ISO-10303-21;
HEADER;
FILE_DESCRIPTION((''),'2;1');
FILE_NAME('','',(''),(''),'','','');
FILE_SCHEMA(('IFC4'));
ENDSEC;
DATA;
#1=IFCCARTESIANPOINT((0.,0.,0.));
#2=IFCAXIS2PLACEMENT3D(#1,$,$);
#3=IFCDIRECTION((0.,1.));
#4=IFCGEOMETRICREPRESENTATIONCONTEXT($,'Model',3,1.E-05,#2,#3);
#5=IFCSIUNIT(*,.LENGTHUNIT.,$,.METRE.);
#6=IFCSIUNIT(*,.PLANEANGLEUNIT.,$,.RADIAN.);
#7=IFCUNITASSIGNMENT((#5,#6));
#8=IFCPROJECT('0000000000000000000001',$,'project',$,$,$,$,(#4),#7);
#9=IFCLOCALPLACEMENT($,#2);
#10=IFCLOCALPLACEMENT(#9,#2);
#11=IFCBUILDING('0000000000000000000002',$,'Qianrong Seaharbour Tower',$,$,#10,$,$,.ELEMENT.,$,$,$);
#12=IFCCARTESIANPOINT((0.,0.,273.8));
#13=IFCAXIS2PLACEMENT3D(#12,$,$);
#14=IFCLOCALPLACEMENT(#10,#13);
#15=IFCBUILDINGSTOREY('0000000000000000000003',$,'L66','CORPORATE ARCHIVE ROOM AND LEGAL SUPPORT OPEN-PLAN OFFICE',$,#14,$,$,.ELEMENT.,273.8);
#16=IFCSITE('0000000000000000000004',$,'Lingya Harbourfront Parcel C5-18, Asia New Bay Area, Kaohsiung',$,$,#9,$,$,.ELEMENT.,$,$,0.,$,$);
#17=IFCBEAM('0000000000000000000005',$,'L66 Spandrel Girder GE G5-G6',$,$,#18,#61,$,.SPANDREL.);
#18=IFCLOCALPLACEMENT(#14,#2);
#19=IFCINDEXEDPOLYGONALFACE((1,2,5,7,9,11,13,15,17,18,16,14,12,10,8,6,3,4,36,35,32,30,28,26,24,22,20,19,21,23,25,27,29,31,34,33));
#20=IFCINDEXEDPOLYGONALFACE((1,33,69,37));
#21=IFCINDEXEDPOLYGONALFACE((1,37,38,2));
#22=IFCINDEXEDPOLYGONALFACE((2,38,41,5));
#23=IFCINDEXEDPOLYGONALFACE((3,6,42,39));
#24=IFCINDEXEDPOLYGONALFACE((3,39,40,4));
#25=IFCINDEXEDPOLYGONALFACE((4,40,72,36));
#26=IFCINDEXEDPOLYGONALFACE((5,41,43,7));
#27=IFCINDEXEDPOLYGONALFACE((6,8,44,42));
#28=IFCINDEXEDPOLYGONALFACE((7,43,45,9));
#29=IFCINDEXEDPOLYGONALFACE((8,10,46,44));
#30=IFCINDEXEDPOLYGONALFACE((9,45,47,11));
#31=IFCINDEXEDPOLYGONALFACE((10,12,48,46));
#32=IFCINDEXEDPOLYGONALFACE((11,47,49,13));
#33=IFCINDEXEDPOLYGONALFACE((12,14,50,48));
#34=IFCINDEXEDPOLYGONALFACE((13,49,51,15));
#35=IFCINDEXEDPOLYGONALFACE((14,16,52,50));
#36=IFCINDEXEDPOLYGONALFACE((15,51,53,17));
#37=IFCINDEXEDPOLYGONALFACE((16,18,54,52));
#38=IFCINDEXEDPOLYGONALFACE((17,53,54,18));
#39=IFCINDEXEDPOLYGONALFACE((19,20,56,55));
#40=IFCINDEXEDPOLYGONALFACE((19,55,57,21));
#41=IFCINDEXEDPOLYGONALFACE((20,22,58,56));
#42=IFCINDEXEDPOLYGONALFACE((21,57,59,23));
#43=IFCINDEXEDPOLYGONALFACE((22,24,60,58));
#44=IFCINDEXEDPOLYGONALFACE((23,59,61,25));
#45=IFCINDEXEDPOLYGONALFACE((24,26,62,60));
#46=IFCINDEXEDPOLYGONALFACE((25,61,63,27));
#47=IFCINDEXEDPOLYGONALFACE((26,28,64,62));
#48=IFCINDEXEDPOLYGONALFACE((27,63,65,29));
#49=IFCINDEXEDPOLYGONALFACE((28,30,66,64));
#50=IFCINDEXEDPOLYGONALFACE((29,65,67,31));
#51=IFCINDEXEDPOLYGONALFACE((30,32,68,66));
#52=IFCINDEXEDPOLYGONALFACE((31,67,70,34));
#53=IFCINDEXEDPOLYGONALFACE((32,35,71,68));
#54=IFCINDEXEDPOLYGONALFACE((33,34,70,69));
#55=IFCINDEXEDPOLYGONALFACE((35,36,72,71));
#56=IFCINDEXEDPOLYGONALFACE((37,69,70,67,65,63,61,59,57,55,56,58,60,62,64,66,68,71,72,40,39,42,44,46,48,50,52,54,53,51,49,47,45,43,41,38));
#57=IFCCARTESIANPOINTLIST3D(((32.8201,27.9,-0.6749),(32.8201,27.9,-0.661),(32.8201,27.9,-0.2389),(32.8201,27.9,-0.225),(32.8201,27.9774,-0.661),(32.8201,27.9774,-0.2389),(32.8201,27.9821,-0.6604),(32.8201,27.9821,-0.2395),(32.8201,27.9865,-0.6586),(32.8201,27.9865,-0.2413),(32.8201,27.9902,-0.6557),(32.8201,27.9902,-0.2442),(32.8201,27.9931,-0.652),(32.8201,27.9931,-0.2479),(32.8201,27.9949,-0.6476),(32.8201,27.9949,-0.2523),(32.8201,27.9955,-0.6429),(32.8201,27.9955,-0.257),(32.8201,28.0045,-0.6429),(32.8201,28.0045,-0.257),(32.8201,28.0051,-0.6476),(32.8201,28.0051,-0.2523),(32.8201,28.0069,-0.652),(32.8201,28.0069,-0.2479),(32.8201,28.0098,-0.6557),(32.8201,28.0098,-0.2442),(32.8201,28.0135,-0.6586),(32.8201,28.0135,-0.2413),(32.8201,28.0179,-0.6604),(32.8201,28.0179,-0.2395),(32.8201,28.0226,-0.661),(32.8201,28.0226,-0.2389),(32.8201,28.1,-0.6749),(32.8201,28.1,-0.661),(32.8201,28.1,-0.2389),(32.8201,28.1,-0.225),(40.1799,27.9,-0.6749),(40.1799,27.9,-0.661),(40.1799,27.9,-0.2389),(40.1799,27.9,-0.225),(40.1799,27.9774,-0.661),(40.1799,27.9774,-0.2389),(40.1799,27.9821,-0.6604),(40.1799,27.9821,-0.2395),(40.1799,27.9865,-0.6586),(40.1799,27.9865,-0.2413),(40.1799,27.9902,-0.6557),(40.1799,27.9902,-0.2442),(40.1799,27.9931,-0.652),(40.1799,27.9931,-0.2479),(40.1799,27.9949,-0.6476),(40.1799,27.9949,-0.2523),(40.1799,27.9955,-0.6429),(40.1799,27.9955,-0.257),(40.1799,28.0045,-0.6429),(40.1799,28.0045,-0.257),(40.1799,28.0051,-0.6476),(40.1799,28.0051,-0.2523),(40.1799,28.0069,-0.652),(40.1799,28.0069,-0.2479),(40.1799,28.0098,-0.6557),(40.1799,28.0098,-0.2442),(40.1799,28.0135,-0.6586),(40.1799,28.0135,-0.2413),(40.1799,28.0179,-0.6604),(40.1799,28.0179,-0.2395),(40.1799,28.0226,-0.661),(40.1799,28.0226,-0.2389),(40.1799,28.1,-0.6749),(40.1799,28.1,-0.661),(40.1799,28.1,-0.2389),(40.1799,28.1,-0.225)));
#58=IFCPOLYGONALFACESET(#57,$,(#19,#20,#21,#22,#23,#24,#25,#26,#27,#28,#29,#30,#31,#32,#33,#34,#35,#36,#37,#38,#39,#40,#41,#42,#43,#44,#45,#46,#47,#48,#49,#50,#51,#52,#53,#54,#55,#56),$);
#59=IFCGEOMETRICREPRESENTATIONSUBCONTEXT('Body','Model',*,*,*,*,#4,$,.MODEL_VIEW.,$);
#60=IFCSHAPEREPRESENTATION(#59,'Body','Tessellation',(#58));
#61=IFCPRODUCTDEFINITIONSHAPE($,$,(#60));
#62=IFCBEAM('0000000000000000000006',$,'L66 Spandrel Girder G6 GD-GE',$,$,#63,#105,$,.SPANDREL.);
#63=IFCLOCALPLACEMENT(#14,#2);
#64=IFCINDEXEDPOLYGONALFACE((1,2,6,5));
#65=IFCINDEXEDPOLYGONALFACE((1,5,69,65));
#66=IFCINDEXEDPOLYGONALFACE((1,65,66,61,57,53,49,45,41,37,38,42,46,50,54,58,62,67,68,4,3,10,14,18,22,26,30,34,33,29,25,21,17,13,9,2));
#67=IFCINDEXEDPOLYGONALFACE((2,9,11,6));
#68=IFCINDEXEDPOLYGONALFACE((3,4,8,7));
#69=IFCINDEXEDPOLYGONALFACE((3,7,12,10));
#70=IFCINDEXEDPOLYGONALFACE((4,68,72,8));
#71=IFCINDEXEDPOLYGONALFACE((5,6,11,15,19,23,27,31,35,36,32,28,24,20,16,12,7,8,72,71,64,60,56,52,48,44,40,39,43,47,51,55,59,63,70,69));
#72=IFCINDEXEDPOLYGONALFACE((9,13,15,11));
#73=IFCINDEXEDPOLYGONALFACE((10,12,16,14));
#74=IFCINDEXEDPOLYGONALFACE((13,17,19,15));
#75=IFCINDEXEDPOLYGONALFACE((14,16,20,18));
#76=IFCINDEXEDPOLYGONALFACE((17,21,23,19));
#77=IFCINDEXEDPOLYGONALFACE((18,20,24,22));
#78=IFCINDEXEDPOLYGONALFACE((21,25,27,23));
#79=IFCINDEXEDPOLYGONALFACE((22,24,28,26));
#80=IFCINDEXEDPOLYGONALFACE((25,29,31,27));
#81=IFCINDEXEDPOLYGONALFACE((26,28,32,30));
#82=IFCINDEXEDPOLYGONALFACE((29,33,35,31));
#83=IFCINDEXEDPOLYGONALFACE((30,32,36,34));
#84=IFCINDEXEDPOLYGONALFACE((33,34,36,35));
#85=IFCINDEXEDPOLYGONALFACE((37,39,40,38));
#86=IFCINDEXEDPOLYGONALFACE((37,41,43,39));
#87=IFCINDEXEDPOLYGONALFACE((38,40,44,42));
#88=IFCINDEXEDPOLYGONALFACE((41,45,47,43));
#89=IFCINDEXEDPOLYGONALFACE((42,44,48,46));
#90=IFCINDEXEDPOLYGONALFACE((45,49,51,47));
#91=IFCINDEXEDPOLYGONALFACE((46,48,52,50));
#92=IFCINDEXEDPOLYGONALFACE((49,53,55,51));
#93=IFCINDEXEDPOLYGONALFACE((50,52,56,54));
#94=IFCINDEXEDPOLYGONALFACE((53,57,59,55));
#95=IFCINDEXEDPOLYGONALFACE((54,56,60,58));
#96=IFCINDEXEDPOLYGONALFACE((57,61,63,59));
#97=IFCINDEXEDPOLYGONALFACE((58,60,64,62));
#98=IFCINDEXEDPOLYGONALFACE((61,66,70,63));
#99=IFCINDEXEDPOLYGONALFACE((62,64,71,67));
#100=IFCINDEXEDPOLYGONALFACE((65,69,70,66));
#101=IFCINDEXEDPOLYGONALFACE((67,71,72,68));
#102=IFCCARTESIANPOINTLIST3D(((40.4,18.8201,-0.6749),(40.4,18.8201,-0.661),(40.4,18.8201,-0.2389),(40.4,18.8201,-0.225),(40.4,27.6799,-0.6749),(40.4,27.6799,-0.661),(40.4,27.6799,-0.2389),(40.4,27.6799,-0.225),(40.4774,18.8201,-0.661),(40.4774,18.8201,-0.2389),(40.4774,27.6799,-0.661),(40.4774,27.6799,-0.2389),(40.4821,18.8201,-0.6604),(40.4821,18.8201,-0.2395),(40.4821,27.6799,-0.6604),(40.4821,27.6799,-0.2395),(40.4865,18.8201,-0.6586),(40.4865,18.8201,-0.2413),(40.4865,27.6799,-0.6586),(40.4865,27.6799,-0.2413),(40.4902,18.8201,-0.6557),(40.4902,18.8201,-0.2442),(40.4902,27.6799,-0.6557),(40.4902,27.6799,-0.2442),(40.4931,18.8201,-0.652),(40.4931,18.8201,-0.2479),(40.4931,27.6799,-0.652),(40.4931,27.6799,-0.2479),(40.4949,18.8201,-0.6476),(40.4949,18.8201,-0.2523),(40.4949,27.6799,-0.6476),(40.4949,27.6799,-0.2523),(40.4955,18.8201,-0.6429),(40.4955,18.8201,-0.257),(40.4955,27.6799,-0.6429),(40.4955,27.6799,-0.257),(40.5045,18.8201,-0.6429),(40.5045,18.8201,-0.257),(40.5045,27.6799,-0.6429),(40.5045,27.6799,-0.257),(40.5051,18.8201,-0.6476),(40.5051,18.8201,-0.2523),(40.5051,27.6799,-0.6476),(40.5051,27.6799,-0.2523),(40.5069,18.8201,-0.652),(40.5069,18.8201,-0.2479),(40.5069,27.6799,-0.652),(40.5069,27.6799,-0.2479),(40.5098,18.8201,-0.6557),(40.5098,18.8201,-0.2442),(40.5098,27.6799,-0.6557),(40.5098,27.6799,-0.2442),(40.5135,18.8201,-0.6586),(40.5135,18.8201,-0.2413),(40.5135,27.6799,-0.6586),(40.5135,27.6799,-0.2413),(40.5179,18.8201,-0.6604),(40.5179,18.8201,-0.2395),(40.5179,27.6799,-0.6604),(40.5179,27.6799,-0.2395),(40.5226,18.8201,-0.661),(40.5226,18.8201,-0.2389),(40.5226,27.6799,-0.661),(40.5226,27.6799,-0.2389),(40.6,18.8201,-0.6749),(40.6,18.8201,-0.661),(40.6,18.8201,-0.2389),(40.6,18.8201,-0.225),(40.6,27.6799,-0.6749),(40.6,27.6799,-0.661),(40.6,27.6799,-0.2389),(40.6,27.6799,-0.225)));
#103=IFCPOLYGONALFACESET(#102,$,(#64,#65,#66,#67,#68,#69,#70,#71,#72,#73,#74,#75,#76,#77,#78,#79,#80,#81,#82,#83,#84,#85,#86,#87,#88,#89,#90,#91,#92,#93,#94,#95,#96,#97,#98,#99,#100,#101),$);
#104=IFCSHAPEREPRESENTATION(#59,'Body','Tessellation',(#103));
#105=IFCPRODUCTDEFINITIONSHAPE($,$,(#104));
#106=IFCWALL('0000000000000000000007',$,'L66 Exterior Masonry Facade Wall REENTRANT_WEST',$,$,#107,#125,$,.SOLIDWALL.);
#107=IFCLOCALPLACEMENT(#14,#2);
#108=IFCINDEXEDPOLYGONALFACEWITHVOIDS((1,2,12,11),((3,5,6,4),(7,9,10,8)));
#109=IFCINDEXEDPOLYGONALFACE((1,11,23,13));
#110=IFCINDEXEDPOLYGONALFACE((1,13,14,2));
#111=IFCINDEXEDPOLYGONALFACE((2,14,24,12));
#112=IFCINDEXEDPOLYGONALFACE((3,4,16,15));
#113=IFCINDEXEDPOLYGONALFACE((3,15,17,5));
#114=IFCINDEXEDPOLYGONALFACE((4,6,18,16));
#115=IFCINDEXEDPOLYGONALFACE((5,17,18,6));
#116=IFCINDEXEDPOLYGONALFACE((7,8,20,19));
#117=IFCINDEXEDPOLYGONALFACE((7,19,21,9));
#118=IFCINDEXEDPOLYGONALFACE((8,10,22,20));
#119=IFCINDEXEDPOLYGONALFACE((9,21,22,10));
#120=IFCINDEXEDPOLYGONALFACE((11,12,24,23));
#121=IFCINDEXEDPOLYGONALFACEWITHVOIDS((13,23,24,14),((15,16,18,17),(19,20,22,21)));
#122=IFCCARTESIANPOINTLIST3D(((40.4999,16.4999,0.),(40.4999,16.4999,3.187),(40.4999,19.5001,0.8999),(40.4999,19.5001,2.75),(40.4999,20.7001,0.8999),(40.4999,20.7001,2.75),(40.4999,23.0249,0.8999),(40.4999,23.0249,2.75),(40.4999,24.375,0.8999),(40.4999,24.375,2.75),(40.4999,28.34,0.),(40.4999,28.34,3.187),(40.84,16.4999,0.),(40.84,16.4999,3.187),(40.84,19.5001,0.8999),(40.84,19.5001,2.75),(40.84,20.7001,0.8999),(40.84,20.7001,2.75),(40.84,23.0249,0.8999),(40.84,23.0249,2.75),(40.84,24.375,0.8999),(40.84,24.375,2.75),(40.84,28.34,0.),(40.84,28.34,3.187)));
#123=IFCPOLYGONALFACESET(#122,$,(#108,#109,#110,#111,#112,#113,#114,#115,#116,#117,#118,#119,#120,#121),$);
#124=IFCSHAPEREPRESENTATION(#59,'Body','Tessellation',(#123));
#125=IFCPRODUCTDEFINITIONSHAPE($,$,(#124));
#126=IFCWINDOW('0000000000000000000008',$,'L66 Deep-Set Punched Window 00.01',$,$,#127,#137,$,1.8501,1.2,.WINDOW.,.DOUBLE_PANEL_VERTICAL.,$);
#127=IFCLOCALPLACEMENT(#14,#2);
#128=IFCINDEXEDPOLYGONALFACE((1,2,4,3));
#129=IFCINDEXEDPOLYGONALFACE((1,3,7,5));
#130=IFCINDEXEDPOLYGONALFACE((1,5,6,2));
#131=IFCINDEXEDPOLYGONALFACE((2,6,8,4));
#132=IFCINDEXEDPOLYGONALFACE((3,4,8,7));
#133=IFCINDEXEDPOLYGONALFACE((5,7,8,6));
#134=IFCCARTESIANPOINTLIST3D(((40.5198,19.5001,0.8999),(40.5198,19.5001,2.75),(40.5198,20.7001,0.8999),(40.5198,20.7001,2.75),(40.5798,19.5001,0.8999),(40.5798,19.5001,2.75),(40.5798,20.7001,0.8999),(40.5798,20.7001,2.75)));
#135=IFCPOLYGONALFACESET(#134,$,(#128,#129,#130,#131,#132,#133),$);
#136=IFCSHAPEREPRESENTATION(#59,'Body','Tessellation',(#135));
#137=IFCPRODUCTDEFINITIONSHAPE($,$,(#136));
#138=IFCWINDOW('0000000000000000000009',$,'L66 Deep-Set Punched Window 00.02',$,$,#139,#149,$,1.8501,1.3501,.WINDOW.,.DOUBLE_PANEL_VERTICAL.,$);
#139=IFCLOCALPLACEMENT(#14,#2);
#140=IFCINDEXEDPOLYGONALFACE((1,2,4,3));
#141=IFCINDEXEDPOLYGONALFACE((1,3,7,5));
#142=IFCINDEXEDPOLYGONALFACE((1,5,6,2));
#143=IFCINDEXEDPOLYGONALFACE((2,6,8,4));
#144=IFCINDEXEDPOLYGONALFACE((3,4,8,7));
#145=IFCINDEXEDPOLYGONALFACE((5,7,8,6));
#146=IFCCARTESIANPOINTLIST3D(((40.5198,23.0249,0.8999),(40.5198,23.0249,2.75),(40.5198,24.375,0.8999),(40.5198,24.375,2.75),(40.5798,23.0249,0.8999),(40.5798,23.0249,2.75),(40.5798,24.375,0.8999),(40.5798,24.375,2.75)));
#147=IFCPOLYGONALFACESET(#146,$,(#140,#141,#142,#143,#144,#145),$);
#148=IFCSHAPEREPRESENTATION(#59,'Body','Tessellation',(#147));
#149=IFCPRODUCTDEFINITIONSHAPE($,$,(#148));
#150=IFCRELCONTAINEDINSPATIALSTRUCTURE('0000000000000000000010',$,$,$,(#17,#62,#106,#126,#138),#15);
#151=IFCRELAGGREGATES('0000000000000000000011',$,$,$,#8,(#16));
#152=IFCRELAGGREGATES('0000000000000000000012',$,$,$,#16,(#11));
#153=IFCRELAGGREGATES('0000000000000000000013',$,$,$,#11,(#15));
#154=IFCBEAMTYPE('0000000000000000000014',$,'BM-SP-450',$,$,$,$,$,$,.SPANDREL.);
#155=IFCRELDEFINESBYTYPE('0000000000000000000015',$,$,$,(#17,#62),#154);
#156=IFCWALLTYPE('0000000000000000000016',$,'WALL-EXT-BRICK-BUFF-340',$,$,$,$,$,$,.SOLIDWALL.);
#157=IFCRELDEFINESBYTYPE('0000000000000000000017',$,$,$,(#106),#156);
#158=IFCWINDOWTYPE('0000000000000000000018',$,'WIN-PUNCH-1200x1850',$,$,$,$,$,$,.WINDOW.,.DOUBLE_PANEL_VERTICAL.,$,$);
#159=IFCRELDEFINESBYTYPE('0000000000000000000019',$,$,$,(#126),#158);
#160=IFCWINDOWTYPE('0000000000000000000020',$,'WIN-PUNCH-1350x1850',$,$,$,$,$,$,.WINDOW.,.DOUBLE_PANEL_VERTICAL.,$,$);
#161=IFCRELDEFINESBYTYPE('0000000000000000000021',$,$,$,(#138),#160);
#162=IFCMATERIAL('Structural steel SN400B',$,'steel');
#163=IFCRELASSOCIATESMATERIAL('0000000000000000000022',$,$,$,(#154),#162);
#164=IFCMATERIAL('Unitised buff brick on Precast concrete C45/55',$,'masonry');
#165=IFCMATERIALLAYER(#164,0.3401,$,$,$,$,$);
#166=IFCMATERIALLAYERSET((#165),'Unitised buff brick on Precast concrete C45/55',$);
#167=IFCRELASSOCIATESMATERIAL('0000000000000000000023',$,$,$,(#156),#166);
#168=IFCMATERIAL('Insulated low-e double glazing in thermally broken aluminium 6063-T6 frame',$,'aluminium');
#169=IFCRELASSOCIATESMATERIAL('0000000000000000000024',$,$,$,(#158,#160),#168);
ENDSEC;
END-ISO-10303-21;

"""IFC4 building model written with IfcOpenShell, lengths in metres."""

from ifc_helpers import new_model, si_unit, direction, frame, frame_2d, origin, origin_2d, place, context, subcontext, project, spatial, rectangle, i_section, extrude, material, layer, layer_set, material_profile, profile_set, type_object, element, fill, save


model = new_model("IFC4")

# Units and contexts
model_context = context("Model", 3, precision=1e-05, world=origin(), true_north=direction((0.0, 1.0)))
body_context = subcontext(model_context, "Body", "Model", "MODEL_VIEW")
ifc_project = project(units=[si_unit("LENGTHUNIT", "METRE"), si_unit("PLANEANGLEUNIT", "RADIAN")], contexts=[model_context])

# Site, building, storey
site_placement = place(None, origin())
site = spatial("IfcSite", under=ifc_project, at=site_placement, Name="Lingya Harbourfront Parcel C5-18, Asia New Bay Area, Kaohsiung", CompositionType="ELEMENT", RefElevation=0.0)
building_placement = place(site_placement, origin())
building = spatial("IfcBuilding", under=site, at=building_placement, Name="Qianrong Seaharbour Tower", CompositionType="ELEMENT")
storey_placement = place(building_placement, frame((0.0, 0.0, 273.8)))
storey = spatial("IfcBuildingStorey", under=building, at=storey_placement, Name="L66", Description="CORPORATE ARCHIVE ROOM AND LEGAL SUPPORT OPEN-PLAN OFFICE", CompositionType="ELEMENT", Elevation=273.8)

# Beams
ifc_material_1 = material(Name="Structural steel SN400B", Category="steel")
ifc_material_profile_1 = material_profile(ifc_material_1, i_section(OverallWidth=0.2, OverallDepth=0.45, WebThickness=0.009, FlangeThickness=0.0139, FilletRadius=0.0181, at=origin_2d()), Name="H450x200x9x14")
ifc_profile_set_1 = profile_set([ifc_material_profile_1], Name="Structural steel SN400B")
beam_type_1 = type_object("IfcBeamType", Name="BM-SP-450", PredefinedType="SPANDREL", material=ifc_profile_set_1)
beam_1_placement = place(storey_placement, frame((32.8201, 28.0, -0.45), z_axis=(1.0, 0.0, 0.0), x_axis=(0.0, 1.0, 0.0)))
element("IfcBeam", 1, at=beam_1_placement, inside=storey, type_object=beam_type_1, Name="L66 Spandrel Girder GE G5-G6", PredefinedType="SPANDREL", context=body_context, shape_type="SweptSolid", body=[
    extrude(i_section(OverallWidth=0.2, OverallDepth=0.45, WebThickness=0.009, FlangeThickness=0.0139, FilletRadius=0.0181, at=origin_2d()), origin(), (0.0, 0.0, 1.0), 7.3599),
])
beam_2_placement = place(storey_placement, frame((40.5, 18.8201, -0.45), z_axis=(0.0, 1.0, 0.0), x_axis=(-1.0, 0.0, 0.0)))
element("IfcBeam", 2, at=beam_2_placement, inside=storey, type_object=beam_type_1, Name="L66 Spandrel Girder G6 GD-GE", PredefinedType="SPANDREL", context=body_context, shape_type="SweptSolid", body=[
    extrude(i_section(OverallWidth=0.2, OverallDepth=0.45, WebThickness=0.009, FlangeThickness=0.0139, FilletRadius=0.0181, at=origin_2d()), origin(), (0.0, 0.0, 1.0), 8.8599),
])

# Wall, openings, windows
ifc_material_2 = material(Name="Unitised buff brick on Precast concrete C45/55", Category="masonry")
ifc_layer_1 = layer(ifc_material_2, 0.3401)
ifc_layer_set_1 = layer_set([ifc_layer_1], Name="Unitised buff brick on Precast concrete C45/55")
wall_type_1 = type_object("IfcWallType", Name="WALL-EXT-BRICK-BUFF-340", PredefinedType="SOLIDWALL", material=ifc_layer_set_1)
wall_1_placement = place(storey_placement, frame((40.6699, 16.5, 0.0), z_axis=(0.0, 0.0, 1.0), x_axis=(0.0, 1.0, 0.0)))
wall_1 = element("IfcWall", 3, at=wall_1_placement, inside=storey, type_object=wall_type_1, Name="L66 Exterior Masonry Facade Wall REENTRANT_WEST", PredefinedType="SOLIDWALL", context=body_context, shape_type="SweptSolid", body=[
    extrude(rectangle(XDim=11.8401, YDim=0.3401, at=frame_2d((5.9199, 0.0))), origin(), (0.0, 0.0, 1.0), 3.187),
])
opening_1_placement = place(wall_1_placement, frame((3.0, 0.0, 0.8999)))
opening_1 = element("IfcOpeningElement", 4, at=opening_1_placement, cuts=wall_1, PredefinedType="OPENING", context=body_context, shape_type="SweptSolid", body=[
    extrude(rectangle(XDim=1.2, YDim=1.8501, at=frame_2d((0.6001, 0.925))), frame((0.0, 0.1802, 0.0), z_axis=(0.0, -1.0, 0.0), x_axis=(1.0, 0.0, 0.0)), (0.0, 0.0, 1.0), 0.3601),
])
opening_2_placement = place(wall_1_placement, frame((6.5249, 0.0, 0.8999)))
opening_2 = element("IfcOpeningElement", 5, at=opening_2_placement, cuts=wall_1, PredefinedType="OPENING", context=body_context, shape_type="SweptSolid", body=[
    extrude(rectangle(XDim=1.3501, YDim=1.8501, at=frame_2d((0.675, 0.925))), frame((0.0, 0.1802, 0.0), z_axis=(0.0, -1.0, 0.0), x_axis=(1.0, 0.0, 0.0)), (0.0, 0.0, 1.0), 0.3601),
])
ifc_material_3 = material(Name="Insulated low-e double glazing in thermally broken aluminium 6063-T6 frame", Category="aluminium")
window_type_1 = type_object("IfcWindowType", Name="WIN-PUNCH-1200x1850", PartitioningType="DOUBLE_PANEL_VERTICAL", PredefinedType="WINDOW", material=ifc_material_3)
window_1_placement = place(opening_1_placement, origin())
window_1 = element("IfcWindow", 6, at=window_1_placement, inside=storey, type_object=window_type_1, Name="L66 Deep-Set Punched Window 00.01", OverallHeight=1.8501, OverallWidth=1.2, PartitioningType="DOUBLE_PANEL_VERTICAL", PredefinedType="WINDOW", context=body_context, shape_type="SweptSolid", body=[
    extrude(rectangle(XDim=1.2, YDim=1.8501, at=frame_2d((0.6001, 0.925))), frame((0.0, 0.1501, 0.0), z_axis=(0.0, -1.0, 0.0), x_axis=(1.0, 0.0, 0.0)), (0.0, 0.0, 1.0), 0.0601),
])
fill(opening_1, window_1)
window_type_2 = type_object("IfcWindowType", Name="WIN-PUNCH-1350x1850", PartitioningType="DOUBLE_PANEL_VERTICAL", PredefinedType="WINDOW", material=ifc_material_3)
window_2_placement = place(opening_2_placement, origin())
window_2 = element("IfcWindow", 7, at=window_2_placement, inside=storey, type_object=window_type_2, Name="L66 Deep-Set Punched Window 00.02", OverallHeight=1.8501, OverallWidth=1.3501, PartitioningType="DOUBLE_PANEL_VERTICAL", PredefinedType="WINDOW", context=body_context, shape_type="SweptSolid", body=[
    extrude(rectangle(XDim=1.3501, YDim=1.8501, at=frame_2d((0.675, 0.925))), frame((0.0, 0.1501, 0.0), z_axis=(0.0, -1.0, 0.0), x_axis=(1.0, 0.0, 0.0)), (0.0, 0.0, 1.0), 0.0601),
])
fill(opening_2, window_2)

save(model, "model.ifc")
